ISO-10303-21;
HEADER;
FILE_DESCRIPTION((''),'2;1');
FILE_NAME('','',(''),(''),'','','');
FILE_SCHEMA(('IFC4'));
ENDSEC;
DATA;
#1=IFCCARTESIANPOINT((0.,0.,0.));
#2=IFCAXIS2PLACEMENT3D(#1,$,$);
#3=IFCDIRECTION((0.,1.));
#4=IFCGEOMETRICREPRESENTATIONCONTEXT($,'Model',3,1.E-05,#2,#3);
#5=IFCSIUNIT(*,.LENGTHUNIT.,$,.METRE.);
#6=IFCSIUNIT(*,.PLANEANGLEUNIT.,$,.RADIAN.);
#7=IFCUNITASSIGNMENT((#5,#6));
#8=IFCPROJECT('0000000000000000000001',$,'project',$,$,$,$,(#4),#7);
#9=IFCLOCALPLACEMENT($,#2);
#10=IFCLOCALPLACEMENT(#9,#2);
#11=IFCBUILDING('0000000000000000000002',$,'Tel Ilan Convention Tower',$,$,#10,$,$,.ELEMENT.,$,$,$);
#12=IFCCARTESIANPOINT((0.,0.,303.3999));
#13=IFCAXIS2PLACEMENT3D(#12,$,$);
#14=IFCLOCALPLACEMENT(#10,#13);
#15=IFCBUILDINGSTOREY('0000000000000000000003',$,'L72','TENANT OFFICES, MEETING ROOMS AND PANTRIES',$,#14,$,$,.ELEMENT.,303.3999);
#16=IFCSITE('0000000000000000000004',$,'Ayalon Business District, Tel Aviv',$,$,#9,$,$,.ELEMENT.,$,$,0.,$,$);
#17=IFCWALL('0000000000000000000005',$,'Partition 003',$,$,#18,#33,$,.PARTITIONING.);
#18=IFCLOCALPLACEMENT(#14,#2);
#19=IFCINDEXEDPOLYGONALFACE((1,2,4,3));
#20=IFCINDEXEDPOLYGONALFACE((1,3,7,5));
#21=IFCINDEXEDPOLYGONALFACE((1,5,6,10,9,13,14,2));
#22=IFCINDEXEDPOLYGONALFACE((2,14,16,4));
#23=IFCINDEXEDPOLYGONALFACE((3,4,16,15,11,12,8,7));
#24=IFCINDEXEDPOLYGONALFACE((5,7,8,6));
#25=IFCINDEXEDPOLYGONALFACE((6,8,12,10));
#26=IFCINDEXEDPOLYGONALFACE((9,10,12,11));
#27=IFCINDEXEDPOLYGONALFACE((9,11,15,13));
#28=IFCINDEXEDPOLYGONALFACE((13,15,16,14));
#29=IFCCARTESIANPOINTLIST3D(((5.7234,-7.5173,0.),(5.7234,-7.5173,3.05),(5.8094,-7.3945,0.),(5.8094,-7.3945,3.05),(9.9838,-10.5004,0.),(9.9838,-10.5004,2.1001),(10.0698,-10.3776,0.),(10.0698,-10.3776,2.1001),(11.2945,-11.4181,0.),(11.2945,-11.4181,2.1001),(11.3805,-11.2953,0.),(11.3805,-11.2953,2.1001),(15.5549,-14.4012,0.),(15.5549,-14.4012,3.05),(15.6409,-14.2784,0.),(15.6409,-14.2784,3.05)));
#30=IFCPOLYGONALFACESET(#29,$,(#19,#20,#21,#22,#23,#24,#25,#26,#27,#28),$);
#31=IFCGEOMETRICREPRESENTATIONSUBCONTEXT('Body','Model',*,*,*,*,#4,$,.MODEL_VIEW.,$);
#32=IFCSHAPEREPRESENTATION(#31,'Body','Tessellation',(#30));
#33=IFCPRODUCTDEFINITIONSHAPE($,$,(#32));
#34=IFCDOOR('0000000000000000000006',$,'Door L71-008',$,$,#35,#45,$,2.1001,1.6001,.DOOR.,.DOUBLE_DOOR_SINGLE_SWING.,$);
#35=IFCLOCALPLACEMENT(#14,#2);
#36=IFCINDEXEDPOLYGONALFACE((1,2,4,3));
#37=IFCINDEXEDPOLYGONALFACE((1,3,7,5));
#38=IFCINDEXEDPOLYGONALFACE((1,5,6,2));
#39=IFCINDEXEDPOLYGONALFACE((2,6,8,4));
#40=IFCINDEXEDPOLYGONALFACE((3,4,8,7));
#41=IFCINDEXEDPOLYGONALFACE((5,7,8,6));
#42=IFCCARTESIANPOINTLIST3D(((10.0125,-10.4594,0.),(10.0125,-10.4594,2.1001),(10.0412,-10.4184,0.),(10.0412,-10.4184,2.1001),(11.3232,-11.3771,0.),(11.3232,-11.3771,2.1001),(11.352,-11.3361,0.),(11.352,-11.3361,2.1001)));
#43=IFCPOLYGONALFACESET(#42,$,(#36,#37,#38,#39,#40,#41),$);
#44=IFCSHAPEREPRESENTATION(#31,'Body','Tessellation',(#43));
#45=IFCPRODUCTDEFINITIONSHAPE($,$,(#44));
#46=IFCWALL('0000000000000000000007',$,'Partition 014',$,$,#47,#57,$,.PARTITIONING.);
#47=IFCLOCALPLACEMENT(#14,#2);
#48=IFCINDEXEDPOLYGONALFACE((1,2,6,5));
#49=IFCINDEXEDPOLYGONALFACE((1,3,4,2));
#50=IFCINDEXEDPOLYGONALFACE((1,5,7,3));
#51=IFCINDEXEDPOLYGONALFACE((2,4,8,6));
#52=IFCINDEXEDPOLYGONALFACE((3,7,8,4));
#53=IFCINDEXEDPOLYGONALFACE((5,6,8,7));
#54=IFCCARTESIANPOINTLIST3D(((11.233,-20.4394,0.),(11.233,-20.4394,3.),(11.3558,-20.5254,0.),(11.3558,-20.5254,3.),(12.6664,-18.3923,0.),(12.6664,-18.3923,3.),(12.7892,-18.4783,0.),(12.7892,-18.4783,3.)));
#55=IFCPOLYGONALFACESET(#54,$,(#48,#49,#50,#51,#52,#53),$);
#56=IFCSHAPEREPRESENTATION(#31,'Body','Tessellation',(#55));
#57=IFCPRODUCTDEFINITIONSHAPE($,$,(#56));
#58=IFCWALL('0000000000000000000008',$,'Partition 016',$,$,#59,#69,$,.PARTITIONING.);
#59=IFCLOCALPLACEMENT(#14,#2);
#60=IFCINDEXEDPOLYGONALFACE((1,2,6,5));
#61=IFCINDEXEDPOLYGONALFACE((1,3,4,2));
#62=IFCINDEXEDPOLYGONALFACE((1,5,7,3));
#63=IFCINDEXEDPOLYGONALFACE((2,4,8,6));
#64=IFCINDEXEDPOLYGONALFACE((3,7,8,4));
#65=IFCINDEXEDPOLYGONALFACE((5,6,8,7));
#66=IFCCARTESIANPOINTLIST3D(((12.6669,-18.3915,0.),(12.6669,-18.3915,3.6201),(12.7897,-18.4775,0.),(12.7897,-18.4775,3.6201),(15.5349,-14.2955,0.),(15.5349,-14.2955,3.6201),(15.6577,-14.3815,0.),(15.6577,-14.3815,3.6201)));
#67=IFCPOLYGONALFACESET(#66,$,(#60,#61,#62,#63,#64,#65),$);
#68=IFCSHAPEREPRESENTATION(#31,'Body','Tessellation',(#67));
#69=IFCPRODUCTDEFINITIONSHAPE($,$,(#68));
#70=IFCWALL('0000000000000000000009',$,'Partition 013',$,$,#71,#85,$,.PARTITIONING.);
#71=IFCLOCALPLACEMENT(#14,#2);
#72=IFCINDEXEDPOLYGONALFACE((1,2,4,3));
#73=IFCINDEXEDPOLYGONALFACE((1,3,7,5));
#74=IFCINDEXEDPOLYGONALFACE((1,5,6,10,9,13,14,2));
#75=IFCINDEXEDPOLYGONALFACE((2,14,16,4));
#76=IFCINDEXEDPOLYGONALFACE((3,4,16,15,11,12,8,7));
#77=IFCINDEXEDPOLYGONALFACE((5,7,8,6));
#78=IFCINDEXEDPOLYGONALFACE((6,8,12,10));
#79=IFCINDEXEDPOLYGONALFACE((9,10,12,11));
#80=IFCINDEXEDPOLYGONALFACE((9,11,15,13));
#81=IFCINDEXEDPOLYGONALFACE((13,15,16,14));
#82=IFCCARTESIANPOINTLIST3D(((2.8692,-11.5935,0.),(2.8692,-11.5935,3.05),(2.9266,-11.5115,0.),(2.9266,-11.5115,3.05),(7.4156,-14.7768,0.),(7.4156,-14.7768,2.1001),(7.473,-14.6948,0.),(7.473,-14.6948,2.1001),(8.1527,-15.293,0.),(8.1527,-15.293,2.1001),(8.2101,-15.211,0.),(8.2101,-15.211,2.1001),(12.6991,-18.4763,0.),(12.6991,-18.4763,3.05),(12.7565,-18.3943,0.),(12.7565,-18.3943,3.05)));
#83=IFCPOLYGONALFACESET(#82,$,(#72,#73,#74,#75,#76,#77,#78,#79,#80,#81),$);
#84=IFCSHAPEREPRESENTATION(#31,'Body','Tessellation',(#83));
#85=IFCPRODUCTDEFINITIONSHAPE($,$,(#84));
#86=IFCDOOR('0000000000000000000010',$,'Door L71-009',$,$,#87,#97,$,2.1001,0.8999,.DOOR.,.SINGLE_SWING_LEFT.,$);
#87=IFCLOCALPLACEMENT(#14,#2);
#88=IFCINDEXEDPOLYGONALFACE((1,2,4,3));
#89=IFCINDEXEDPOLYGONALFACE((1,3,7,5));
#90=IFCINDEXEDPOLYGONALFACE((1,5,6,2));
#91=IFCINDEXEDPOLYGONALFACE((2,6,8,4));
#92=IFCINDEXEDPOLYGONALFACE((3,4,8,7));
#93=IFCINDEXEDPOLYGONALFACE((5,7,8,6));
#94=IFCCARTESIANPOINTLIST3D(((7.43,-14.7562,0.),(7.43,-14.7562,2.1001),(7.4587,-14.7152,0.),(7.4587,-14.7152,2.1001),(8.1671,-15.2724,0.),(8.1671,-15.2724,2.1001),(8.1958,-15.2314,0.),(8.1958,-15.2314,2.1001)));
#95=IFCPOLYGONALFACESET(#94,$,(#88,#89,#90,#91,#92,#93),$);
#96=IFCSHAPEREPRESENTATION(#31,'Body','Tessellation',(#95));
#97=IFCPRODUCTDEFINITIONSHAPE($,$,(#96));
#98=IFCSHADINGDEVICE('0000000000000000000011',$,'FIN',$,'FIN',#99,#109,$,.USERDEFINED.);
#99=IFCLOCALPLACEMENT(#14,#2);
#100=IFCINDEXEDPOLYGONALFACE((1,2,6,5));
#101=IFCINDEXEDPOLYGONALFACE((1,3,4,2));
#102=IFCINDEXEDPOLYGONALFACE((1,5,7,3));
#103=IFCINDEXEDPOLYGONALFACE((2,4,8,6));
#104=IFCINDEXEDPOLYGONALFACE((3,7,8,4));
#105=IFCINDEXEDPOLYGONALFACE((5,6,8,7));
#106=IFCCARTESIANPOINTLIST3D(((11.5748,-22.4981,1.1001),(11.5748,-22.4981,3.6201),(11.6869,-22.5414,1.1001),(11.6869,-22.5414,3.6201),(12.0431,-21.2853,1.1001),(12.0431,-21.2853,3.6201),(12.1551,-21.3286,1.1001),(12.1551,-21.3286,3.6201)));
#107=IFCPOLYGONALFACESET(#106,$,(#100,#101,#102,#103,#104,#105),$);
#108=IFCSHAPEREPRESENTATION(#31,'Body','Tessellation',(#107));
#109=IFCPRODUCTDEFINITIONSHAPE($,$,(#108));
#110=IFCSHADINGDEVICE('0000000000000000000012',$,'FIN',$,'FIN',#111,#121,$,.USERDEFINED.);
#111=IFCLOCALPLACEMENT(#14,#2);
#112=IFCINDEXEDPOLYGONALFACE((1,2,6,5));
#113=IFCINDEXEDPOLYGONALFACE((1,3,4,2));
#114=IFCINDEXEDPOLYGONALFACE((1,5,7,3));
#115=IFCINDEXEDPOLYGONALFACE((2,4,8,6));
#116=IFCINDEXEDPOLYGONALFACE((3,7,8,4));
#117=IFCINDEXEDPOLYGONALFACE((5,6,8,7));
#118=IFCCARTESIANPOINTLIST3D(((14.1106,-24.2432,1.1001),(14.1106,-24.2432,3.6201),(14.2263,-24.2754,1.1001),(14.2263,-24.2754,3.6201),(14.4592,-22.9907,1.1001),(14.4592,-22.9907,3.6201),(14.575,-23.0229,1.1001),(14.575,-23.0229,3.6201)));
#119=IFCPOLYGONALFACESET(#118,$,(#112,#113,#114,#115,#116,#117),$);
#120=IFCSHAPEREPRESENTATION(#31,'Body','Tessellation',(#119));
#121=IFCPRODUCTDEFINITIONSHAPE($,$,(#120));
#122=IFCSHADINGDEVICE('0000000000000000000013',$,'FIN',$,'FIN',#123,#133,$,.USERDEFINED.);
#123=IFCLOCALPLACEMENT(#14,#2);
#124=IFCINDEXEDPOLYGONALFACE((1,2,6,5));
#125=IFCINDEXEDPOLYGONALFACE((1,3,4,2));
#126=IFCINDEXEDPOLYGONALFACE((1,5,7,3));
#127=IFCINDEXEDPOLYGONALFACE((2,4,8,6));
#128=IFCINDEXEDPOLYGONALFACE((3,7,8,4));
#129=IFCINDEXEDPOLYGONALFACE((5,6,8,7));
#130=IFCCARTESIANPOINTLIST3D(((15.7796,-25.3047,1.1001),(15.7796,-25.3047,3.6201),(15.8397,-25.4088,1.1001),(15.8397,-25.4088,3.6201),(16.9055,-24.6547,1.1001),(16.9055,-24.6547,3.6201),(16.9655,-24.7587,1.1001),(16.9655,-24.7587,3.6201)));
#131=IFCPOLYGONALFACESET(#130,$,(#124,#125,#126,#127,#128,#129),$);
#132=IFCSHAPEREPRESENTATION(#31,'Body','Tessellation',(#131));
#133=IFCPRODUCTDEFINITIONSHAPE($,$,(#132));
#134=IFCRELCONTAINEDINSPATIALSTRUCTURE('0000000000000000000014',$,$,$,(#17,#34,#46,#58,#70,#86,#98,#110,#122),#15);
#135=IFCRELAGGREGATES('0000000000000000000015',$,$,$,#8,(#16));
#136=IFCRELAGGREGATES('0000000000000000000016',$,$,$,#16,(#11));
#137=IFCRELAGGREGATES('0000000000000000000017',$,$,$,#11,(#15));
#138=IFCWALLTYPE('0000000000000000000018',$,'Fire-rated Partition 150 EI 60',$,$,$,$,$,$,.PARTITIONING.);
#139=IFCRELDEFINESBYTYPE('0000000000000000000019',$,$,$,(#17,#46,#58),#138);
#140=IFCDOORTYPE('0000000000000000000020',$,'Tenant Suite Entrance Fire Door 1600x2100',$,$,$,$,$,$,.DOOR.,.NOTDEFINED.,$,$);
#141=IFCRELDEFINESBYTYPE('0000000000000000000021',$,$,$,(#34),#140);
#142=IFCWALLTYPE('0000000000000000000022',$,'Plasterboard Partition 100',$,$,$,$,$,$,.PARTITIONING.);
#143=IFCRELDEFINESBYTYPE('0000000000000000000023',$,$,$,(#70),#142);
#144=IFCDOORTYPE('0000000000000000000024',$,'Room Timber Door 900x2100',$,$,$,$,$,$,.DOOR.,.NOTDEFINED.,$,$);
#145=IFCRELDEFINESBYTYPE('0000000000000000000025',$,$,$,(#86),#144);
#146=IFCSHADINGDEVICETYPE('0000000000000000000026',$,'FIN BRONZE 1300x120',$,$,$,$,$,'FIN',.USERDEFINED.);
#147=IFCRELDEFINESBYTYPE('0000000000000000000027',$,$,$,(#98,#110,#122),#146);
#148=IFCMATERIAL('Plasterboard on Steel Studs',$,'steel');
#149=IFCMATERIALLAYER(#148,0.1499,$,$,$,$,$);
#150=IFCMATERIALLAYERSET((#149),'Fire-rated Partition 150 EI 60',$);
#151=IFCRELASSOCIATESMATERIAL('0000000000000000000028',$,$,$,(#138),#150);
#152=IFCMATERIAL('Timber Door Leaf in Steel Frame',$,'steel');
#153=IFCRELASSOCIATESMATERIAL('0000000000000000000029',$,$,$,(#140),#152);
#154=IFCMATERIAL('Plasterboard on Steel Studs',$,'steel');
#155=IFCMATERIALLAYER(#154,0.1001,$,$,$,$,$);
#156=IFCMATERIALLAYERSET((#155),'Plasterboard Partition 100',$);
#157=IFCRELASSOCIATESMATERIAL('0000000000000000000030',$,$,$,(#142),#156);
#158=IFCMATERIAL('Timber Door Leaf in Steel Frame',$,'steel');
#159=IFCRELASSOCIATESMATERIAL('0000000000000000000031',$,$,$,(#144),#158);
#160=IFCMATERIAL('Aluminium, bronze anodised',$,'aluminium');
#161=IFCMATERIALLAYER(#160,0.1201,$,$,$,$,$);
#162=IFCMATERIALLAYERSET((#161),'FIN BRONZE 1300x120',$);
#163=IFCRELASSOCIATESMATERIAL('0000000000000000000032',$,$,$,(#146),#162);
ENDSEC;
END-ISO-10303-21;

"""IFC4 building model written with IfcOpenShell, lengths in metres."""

from ifc_helpers import new_model, si_unit, direction, frame, frame_2d, origin, origin_2d, place, context, subcontext, project, spatial, rectangle, extrude, material, layer, layer_set, type_object, element, fill, save


model = new_model("IFC4")

# Units and contexts
model_context = context("Model", 3, precision=1e-05, world=origin(), true_north=direction((0.0, 1.0)))
body_context = subcontext(model_context, "Body", "Model", "MODEL_VIEW")
ifc_project = project(units=[si_unit("LENGTHUNIT", "METRE"), si_unit("PLANEANGLEUNIT", "RADIAN")], contexts=[model_context])

# Site, building, storey
site_placement = place(None, origin())
site = spatial("IfcSite", under=ifc_project, at=site_placement, Name="Ayalon Business District, Tel Aviv", CompositionType="ELEMENT", RefElevation=0.0)
building_placement = place(site_placement, origin())
building = spatial("IfcBuilding", under=site, at=building_placement, Name="Tel Ilan Convention Tower", CompositionType="ELEMENT")
storey_placement = place(building_placement, frame((0.0, 0.0, 303.3999)))
storey = spatial("IfcBuildingStorey", under=building, at=storey_placement, Name="L72", Description="TENANT OFFICES, MEETING ROOMS AND PANTRIES", CompositionType="ELEMENT", Elevation=303.3999)

# Wall, opening, door
ifc_material_1 = material(Name="Plasterboard on Steel Studs", Category="steel")
ifc_layer_1 = layer(ifc_material_1, 0.1499)
ifc_layer_set_1 = layer_set([ifc_layer_1], Name="Fire-rated Partition 150 EI 60")
wall_type_1 = type_object("IfcWallType", Name="Fire-rated Partition 150 EI 60", PredefinedType="PARTITIONING", material=ifc_layer_set_1)
wall_1_placement = place(storey_placement, frame((15.5979, -14.3398, 0.0), z_axis=(0.0, 0.0, 1.0), x_axis=(-0.819155, 0.573572, 0.0)))
wall_1 = element("IfcWall", 1, at=wall_1_placement, inside=storey, type_object=wall_type_1, Name="Partition 003", PredefinedType="PARTITIONING", context=body_context, shape_type="SweptSolid", body=[
    extrude(rectangle(XDim=12.002, YDim=0.1499, at=frame_2d((6.001, 0.0))), origin(), (0.0, 0.0, 1.0), 3.05),
])
opening_1_placement = place(wall_1_placement, frame((5.2009, 0.0, 0.0)))
opening_1 = element("IfcOpeningElement", 2, at=opening_1_placement, cuts=wall_1, PredefinedType="OPENING", context=body_context, shape_type="SweptSolid", body=[
    extrude(rectangle(XDim=1.6001, YDim=2.1001, at=frame_2d((0.8, 1.05))), frame((0.0, 0.085, 0.0), z_axis=(0.0, -1.0, 0.0), x_axis=(1.0, 0.0, 0.0)), (0.0, 0.0, 1.0), 0.1699),
])
ifc_material_2 = material(Name="Timber Door Leaf in Steel Frame", Category="steel")
door_type_1 = type_object("IfcDoorType", Name="Tenant Suite Entrance Fire Door 1600x2100", OperationType="NOTDEFINED", PredefinedType="DOOR", material=ifc_material_2)
door_1_placement = place(opening_1_placement, origin())
door_1 = element("IfcDoor", 3, at=door_1_placement, inside=storey, type_object=door_type_1, Name="Door L71-008", OperationType="DOUBLE_DOOR_SINGLE_SWING", OverallHeight=2.1001, OverallWidth=1.6001, PredefinedType="DOOR", context=body_context, shape_type="SweptSolid", body=[
    extrude(rectangle(XDim=1.6001, YDim=2.1001, at=frame_2d((0.8, 1.05))), frame((0.0, 0.0249, 0.0), z_axis=(0.0, -1.0, 0.0), x_axis=(1.0, 0.0, 0.0)), (0.0, 0.0, 1.0), 0.05),
])
fill(opening_1, door_1)

# Walls
wall_2_placement = place(storey_placement, frame((12.7278, -18.4353, 0.0), z_axis=(0.0, 0.0, 1.0), x_axis=(-0.573561, -0.819163, 0.0)))
element("IfcWall", 4, at=wall_2_placement, inside=storey, type_object=wall_type_1, Name="Partition 014", PredefinedType="PARTITIONING", context=body_context, shape_type="SweptSolid", body=[
    extrude(rectangle(XDim=2.499, YDim=0.1499, at=frame_2d((1.2495, 0.0))), origin(), (0.0, 0.0, 1.0), 3.0),
])
wall_3_placement = place(storey_placement, frame((15.5962, -14.3386, 0.0), z_axis=(0.0, 0.0, 1.0), x_axis=(-0.573564, -0.819161, 0.0)))
element("IfcWall", 5, at=wall_3_placement, inside=storey, type_object=wall_type_1, Name="Partition 016", PredefinedType="PARTITIONING", context=body_context, shape_type="SweptSolid", body=[
    extrude(rectangle(XDim=5.0002, YDim=0.1499, at=frame_2d((2.5, 0.0))), origin(), (0.0, 0.0, 1.0), 3.6201),
])

# Wall, opening, door
ifc_material_3 = material(Name="Plasterboard on Steel Studs", Category="steel")
ifc_layer_2 = layer(ifc_material_3, 0.1001)
ifc_layer_set_2 = layer_set([ifc_layer_2], Name="Plasterboard Partition 100")
wall_type_2 = type_object("IfcWallType", Name="Plasterboard Partition 100", PredefinedType="PARTITIONING", material=ifc_layer_set_2)
wall_4_placement = place(storey_placement, frame((12.7278, -18.4353, 0.0), z_axis=(0.0, 0.0, 1.0), x_axis=(-0.819156, 0.57357, 0.0)))
wall_4 = element("IfcWall", 6, at=wall_4_placement, inside=storey, type_object=wall_type_2, Name="Partition 013", PredefinedType="PARTITIONING", context=body_context, shape_type="SweptSolid", body=[
    extrude(rectangle(XDim=12.0, YDim=0.1001, at=frame_2d((6.0, 0.0))), origin(), (0.0, 0.0, 1.0), 3.05),
])
opening_2_placement = place(wall_4_placement, frame((5.55, 0.0, 0.0)))
opening_2 = element("IfcOpeningElement", 7, at=opening_2_placement, cuts=wall_4, PredefinedType="OPENING", context=body_context, shape_type="SweptSolid", body=[
    extrude(rectangle(XDim=0.8999, YDim=2.1001, at=frame_2d((0.45, 1.05))), frame((0.0, 0.0601, 0.0), z_axis=(0.0, -1.0, 0.0), x_axis=(1.0, 0.0, 0.0)), (0.0, 0.0, 1.0), 0.1201),
])
ifc_material_4 = material(Name="Timber Door Leaf in Steel Frame", Category="steel")
door_type_2 = type_object("IfcDoorType", Name="Room Timber Door 900x2100", OperationType="NOTDEFINED", PredefinedType="DOOR", material=ifc_material_4)
door_2_placement = place(opening_2_placement, origin())
door_2 = element("IfcDoor", 8, at=door_2_placement, inside=storey, type_object=door_type_2, Name="Door L71-009", OperationType="SINGLE_SWING_LEFT", OverallHeight=2.1001, OverallWidth=0.8999, PredefinedType="DOOR", context=body_context, shape_type="SweptSolid", body=[
    extrude(rectangle(XDim=0.8999, YDim=2.1001, at=frame_2d((0.45, 1.05))), frame((0.0, 0.0249, 0.0), z_axis=(0.0, -1.0, 0.0), x_axis=(1.0, 0.0, 0.0)), (0.0, 0.0, 1.0), 0.05),
])
fill(opening_2, door_2)

# Shading devices
ifc_material_5 = material(Name="Aluminium, bronze anodised", Category="aluminium")
ifc_layer_3 = layer(ifc_material_5, 0.1201)
ifc_layer_set_3 = layer_set([ifc_layer_3], Name="FIN BRONZE 1300x120")
shading_device_type = type_object("IfcShadingDeviceType", Name="FIN BRONZE 1300x120", ElementType="FIN", PredefinedType="USERDEFINED", material=ifc_layer_set_3)
for number, where, z_axis, x_axis, name in (
    (9, (11.865, -21.9133, 1.1001), (0.0, 0.0, 1.0), (-0.360178, -0.932884, 0.0), "FIN"),
    (10, (14.3428, -23.6331, 1.1001), (0.0, 0.0, 1.0), (-0.268173, -0.963371, 0.0), "FIN"),
    (11, (16.3726, -25.0317, 1.1001), (0.0, 0.0, 1.0), (-0.866025, -0.5, 0.0), "FIN"),
):
    element("IfcShadingDevice", number, at=place(storey_placement, frame(where, z_axis=z_axis, x_axis=x_axis)), inside=storey, type_object=shading_device_type, Name=name, ObjectType="FIN", PredefinedType="USERDEFINED", context=body_context, shape_type="SweptSolid", body=[
        extrude(rectangle(XDim=1.3, YDim=0.1201, at=origin_2d()), origin(), (0.0, 0.0, 1.0), 2.52),
    ])

save(model, "model.ifc")
